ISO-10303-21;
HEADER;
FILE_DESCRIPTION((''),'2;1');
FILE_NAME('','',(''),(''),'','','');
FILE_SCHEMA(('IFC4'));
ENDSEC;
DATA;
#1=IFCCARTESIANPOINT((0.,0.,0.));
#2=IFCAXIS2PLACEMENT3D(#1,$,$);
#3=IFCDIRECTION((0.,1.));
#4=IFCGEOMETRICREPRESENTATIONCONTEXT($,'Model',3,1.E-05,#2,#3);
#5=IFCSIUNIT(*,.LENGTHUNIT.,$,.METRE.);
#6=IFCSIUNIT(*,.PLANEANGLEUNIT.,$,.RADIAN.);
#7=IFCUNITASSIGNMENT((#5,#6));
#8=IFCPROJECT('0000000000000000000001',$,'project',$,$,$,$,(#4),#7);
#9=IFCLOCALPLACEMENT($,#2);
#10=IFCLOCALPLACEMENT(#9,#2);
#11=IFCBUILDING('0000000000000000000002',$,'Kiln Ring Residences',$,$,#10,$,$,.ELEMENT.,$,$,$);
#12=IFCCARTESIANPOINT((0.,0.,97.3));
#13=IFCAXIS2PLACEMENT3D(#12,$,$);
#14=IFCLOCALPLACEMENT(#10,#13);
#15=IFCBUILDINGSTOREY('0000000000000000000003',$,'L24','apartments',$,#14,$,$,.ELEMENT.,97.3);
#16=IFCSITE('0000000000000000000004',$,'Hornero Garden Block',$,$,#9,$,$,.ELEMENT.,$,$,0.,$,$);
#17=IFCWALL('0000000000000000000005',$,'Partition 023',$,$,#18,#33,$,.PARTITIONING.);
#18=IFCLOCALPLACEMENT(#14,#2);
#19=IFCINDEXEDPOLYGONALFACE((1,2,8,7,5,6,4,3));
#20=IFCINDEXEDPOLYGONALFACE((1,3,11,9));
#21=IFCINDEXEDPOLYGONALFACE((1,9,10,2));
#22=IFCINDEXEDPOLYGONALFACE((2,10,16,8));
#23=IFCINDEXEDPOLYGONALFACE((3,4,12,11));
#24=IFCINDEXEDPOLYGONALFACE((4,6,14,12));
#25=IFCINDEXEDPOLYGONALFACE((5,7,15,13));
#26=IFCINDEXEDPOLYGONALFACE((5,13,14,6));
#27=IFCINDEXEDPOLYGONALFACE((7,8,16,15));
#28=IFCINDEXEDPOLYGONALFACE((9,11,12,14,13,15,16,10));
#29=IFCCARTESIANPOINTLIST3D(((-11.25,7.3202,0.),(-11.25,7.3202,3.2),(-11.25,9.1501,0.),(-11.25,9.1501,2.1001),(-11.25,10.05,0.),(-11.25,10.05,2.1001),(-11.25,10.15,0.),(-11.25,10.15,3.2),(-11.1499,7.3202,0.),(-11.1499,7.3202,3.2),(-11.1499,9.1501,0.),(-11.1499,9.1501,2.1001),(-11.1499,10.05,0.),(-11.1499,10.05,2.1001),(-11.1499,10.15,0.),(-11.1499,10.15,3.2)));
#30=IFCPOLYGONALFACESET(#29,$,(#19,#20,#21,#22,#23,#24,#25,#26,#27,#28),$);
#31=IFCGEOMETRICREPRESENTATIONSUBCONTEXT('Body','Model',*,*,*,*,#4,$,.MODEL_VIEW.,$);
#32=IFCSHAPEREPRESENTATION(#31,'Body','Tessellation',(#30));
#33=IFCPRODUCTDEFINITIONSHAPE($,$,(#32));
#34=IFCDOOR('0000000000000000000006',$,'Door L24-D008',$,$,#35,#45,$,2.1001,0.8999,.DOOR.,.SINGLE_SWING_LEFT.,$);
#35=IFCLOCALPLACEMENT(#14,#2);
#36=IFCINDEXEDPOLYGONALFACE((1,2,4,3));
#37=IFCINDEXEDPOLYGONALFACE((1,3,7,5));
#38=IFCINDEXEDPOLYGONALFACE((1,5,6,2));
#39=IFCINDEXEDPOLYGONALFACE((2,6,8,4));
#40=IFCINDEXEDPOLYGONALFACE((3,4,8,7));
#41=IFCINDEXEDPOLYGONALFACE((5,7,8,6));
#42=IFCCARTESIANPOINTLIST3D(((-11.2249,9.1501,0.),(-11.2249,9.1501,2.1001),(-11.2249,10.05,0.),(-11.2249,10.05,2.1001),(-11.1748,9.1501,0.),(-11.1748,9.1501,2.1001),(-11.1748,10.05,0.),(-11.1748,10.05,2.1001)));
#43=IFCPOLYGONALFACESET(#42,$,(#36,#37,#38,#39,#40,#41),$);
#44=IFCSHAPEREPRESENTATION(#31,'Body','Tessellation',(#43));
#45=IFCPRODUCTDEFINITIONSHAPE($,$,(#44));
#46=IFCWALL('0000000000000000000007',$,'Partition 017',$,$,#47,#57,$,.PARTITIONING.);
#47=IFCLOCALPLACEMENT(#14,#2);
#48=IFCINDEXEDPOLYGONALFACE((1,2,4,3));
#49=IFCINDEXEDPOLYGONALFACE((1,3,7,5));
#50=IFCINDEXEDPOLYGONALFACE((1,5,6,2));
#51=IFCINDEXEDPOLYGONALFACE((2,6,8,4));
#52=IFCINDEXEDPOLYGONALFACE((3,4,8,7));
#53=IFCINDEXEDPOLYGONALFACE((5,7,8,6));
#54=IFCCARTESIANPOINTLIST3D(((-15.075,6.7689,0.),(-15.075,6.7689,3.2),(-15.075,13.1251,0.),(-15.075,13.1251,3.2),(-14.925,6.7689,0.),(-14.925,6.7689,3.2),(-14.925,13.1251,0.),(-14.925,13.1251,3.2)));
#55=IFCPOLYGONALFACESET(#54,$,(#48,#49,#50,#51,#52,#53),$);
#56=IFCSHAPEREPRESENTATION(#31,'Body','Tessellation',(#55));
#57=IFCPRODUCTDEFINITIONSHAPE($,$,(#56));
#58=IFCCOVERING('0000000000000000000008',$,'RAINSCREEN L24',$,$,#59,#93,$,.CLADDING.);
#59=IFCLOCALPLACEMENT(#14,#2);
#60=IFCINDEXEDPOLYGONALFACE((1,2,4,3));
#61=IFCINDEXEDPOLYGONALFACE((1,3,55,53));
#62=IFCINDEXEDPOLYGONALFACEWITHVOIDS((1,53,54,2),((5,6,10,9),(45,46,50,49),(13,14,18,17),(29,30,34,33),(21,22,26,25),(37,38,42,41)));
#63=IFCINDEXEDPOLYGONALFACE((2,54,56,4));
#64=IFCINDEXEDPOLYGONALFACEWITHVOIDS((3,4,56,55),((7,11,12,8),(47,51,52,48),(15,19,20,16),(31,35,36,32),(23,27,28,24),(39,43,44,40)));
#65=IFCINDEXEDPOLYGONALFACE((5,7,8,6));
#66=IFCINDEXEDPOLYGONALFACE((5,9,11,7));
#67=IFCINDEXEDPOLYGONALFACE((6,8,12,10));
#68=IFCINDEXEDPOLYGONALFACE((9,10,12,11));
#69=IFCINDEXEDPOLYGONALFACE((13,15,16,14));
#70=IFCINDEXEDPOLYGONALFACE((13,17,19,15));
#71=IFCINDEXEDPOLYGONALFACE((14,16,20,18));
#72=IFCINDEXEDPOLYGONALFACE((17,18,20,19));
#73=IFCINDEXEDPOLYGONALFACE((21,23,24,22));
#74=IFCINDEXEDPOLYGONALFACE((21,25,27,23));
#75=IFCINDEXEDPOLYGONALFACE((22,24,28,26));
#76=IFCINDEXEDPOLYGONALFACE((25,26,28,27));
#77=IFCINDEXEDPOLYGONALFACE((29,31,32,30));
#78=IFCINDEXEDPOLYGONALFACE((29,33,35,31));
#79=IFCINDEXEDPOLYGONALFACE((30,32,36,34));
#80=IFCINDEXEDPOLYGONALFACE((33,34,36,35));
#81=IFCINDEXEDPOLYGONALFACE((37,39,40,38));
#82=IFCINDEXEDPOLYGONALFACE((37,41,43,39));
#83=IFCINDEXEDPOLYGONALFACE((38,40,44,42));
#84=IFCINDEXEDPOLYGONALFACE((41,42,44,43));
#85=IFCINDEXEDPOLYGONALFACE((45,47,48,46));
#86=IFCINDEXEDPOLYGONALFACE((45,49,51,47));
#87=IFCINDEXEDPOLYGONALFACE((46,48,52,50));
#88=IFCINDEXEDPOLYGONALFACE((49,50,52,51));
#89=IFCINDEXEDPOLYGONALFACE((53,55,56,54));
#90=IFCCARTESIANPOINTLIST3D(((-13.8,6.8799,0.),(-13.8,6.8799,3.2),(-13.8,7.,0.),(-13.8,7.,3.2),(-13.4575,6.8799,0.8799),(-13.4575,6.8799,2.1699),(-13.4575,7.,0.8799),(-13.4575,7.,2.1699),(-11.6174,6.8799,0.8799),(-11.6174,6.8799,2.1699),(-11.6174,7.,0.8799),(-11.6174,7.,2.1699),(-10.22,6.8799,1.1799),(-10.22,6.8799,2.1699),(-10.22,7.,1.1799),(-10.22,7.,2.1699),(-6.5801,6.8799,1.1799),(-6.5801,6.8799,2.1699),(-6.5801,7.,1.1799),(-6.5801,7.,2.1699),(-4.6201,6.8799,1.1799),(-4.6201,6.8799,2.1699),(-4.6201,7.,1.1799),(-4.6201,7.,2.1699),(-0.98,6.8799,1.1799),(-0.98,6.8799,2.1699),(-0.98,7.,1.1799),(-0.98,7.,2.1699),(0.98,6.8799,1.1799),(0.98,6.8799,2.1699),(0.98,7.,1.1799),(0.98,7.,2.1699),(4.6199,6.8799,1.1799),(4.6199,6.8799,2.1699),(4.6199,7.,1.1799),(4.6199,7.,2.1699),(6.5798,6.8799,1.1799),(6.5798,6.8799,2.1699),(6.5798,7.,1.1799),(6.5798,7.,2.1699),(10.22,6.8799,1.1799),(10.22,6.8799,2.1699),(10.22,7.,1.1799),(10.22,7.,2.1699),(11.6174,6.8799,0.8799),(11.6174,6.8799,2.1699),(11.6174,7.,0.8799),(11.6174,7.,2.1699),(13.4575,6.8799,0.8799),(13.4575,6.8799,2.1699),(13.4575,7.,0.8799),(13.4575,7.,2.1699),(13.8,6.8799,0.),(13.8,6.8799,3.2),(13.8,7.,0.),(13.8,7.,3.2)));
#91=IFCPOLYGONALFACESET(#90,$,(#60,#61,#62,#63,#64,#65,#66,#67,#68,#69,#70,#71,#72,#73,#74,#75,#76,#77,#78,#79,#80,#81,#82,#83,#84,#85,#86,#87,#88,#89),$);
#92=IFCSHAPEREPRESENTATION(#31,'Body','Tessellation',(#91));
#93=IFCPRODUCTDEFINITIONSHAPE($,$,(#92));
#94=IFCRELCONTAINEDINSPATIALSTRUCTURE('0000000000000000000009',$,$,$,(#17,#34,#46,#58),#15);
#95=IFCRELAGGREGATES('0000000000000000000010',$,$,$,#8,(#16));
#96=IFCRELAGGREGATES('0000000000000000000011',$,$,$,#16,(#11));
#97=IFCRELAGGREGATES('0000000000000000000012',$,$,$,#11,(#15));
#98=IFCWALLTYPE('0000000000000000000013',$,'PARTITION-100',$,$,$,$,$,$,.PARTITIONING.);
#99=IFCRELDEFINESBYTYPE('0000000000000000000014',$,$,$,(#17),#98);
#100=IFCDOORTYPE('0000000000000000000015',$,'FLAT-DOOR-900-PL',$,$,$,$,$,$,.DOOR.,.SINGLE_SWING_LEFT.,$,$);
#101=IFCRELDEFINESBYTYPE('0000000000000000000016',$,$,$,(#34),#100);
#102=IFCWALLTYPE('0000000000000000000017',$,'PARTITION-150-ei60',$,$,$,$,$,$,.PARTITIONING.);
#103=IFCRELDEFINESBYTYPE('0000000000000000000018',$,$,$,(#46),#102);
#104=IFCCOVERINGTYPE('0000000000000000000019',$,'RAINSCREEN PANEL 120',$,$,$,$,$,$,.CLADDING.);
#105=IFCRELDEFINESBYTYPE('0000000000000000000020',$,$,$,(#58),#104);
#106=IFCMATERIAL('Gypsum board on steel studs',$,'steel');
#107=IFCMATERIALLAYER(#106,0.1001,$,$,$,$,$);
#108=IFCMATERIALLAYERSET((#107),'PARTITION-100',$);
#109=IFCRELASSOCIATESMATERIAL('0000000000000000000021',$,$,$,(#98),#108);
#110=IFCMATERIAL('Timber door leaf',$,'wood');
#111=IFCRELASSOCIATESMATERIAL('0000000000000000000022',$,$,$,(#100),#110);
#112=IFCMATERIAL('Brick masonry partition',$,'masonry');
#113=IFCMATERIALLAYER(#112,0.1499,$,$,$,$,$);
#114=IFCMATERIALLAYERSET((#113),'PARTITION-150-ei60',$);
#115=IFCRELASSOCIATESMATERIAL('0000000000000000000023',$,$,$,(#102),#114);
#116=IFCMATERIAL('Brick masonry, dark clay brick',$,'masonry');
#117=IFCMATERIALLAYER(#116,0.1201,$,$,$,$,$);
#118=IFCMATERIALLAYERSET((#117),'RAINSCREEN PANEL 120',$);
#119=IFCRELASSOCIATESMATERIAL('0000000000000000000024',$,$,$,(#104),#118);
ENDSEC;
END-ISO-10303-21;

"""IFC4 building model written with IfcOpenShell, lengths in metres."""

from ifc_helpers import new_model, si_unit, direction, frame, frame_2d, origin, place, context, subcontext, project, spatial, polyline, rectangle, outline, extrude, material, layer, layer_set, type_object, element, fill, save


model = new_model("IFC4")

# Units and contexts
model_context = context("Model", 3, precision=1e-05, world=origin(), true_north=direction((0.0, 1.0)))
body_context = subcontext(model_context, "Body", "Model", "MODEL_VIEW")
ifc_project = project(units=[si_unit("LENGTHUNIT", "METRE"), si_unit("PLANEANGLEUNIT", "RADIAN")], contexts=[model_context])

# Site, building, storey
site_placement = place(None, origin())
site = spatial("IfcSite", under=ifc_project, at=site_placement, Name="Hornero Garden Block", CompositionType="ELEMENT", RefElevation=0.0)
building_placement = place(site_placement, origin())
building = spatial("IfcBuilding", under=site, at=building_placement, Name="Kiln Ring Residences", CompositionType="ELEMENT")
storey_placement = place(building_placement, frame((0.0, 0.0, 97.3)))
storey = spatial("IfcBuildingStorey", under=building, at=storey_placement, Name="L24", Description="apartments", CompositionType="ELEMENT", Elevation=97.3)

# Wall, opening, door
ifc_material_1 = material(Name="Gypsum board on steel studs", Category="steel")
ifc_layer_1 = layer(ifc_material_1, 0.1001)
ifc_layer_set_1 = layer_set([ifc_layer_1], Name="PARTITION-100")
wall_type_1 = type_object("IfcWallType", Name="PARTITION-100", PredefinedType="PARTITIONING", material=ifc_layer_set_1)
wall_1_placement = place(storey_placement, frame((-11.2, 7.3201, 0.0), z_axis=(0.0, 0.0, 1.0), x_axis=(0.0, 1.0, 0.0)))
wall_1 = element("IfcWall", 1, at=wall_1_placement, inside=storey, type_object=wall_type_1, Name="Partition 023", PredefinedType="PARTITIONING", context=body_context, shape_type="SweptSolid", body=[
    extrude(rectangle(XDim=2.8298, YDim=0.1001, at=frame_2d((1.415, 0.0))), origin(), (0.0, 0.0, 1.0), 3.2),
])
opening_1_placement = place(wall_1_placement, frame((1.8301, 0.0, 0.0)))
opening_1 = element("IfcOpeningElement", 2, at=opening_1_placement, cuts=wall_1, PredefinedType="OPENING", context=body_context, shape_type="SweptSolid", body=[
    extrude(rectangle(XDim=0.8999, YDim=2.1001, at=frame_2d((0.45, 1.05))), frame((0.0, 0.0601, 0.0), z_axis=(0.0, -1.0, 0.0), x_axis=(1.0, 0.0, 0.0)), (0.0, 0.0, 1.0), 0.1201),
])
ifc_material_2 = material(Name="Timber door leaf", Category="wood")
door_type = type_object("IfcDoorType", Name="FLAT-DOOR-900-PL", OperationType="SINGLE_SWING_LEFT", PredefinedType="DOOR", material=ifc_material_2)
door_placement = place(opening_1_placement, origin())
door = element("IfcDoor", 3, at=door_placement, inside=storey, type_object=door_type, Name="Door L24-D008", OperationType="SINGLE_SWING_LEFT", OverallHeight=2.1001, OverallWidth=0.8999, PredefinedType="DOOR", context=body_context, shape_type="SweptSolid", body=[
    extrude(rectangle(XDim=0.8999, YDim=2.1001, at=frame_2d((0.45, 1.05))), frame((0.0, 0.0249, 0.0), z_axis=(0.0, -1.0, 0.0), x_axis=(1.0, 0.0, 0.0)), (0.0, 0.0, 1.0), 0.05),
])
fill(opening_1, door)

# Wall
ifc_material_3 = material(Name="Brick masonry partition", Category="masonry")
ifc_layer_2 = layer(ifc_material_3, 0.1499)
ifc_layer_set_2 = layer_set([ifc_layer_2], Name="PARTITION-150-ei60")
wall_type_2 = type_object("IfcWallType", Name="PARTITION-150-ei60", PredefinedType="PARTITIONING", material=ifc_layer_set_2)
wall_2_placement = place(storey_placement, frame((-15.0, 6.7688, 0.0), z_axis=(0.0, 0.0, 1.0), x_axis=(0.0, 1.0, 0.0)))
element("IfcWall", 4, at=wall_2_placement, inside=storey, type_object=wall_type_2, Name="Partition 017", PredefinedType="PARTITIONING", context=body_context, shape_type="SweptSolid", body=[
    extrude(rectangle(XDim=6.3562, YDim=0.1499, at=frame_2d((3.1782, 0.0))), origin(), (0.0, 0.0, 1.0), 3.2),
])

# Covering
ifc_material_4 = material(Name="Brick masonry, dark clay brick", Category="masonry")
ifc_layer_3 = layer(ifc_material_4, 0.1201)
ifc_layer_set_3 = layer_set([ifc_layer_3], Name="RAINSCREEN PANEL 120")
covering_type = type_object("IfcCoveringType", Name="RAINSCREEN PANEL 120", PredefinedType="CLADDING", material=ifc_layer_set_3)
covering_placement = place(storey_placement, frame((-13.8, 6.9399, 0.0), z_axis=(0.0, 0.0, 1.0), x_axis=(1.0, 0.0, 0.0)))
element("IfcCovering", 5, at=covering_placement, inside=storey, type_object=covering_type, Name="RAINSCREEN L24", PredefinedType="CLADDING", context=body_context, shape_type="SweptSolid", body=[
    extrude(outline(polyline([(0.0, 0.0), (27.6001, 0.0), (27.6001, 3.2), (0.0, 3.2), (0.0, 0.0)]), holes=[polyline([(2.1826, 0.8799), (2.1826, 2.1699), (0.3425, 2.1699), (0.3425, 0.8799), (2.1826, 0.8799)]), polyline([(25.4175, 0.8799), (27.2576, 0.8799), (27.2576, 2.1699), (25.4175, 2.1699), (25.4175, 0.8799)]), polyline([(3.5801, 1.1799), (7.22, 1.1799), (7.22, 2.1699), (3.5801, 2.1699), (3.5801, 1.1799)]), polyline([(12.8201, 1.1799), (12.8201, 2.1699), (9.1799, 2.1699), (9.1799, 1.1799), (12.8201, 1.1799)]), polyline([(14.78, 1.1799), (18.4199, 1.1799), (18.4199, 2.1699), (14.78, 2.1699), (14.78, 1.1799)]), polyline([(20.3799, 1.1799), (24.02, 1.1799), (24.02, 2.1699), (20.3799, 2.1699), (20.3799, 1.1799)])]), frame((0.0, 0.0601, 0.0), z_axis=(0.0, -1.0, 0.0), x_axis=(1.0, 0.0, 0.0)), (0.0, 0.0, 1.0), 0.1201),
])

save(model, "model.ifc")
